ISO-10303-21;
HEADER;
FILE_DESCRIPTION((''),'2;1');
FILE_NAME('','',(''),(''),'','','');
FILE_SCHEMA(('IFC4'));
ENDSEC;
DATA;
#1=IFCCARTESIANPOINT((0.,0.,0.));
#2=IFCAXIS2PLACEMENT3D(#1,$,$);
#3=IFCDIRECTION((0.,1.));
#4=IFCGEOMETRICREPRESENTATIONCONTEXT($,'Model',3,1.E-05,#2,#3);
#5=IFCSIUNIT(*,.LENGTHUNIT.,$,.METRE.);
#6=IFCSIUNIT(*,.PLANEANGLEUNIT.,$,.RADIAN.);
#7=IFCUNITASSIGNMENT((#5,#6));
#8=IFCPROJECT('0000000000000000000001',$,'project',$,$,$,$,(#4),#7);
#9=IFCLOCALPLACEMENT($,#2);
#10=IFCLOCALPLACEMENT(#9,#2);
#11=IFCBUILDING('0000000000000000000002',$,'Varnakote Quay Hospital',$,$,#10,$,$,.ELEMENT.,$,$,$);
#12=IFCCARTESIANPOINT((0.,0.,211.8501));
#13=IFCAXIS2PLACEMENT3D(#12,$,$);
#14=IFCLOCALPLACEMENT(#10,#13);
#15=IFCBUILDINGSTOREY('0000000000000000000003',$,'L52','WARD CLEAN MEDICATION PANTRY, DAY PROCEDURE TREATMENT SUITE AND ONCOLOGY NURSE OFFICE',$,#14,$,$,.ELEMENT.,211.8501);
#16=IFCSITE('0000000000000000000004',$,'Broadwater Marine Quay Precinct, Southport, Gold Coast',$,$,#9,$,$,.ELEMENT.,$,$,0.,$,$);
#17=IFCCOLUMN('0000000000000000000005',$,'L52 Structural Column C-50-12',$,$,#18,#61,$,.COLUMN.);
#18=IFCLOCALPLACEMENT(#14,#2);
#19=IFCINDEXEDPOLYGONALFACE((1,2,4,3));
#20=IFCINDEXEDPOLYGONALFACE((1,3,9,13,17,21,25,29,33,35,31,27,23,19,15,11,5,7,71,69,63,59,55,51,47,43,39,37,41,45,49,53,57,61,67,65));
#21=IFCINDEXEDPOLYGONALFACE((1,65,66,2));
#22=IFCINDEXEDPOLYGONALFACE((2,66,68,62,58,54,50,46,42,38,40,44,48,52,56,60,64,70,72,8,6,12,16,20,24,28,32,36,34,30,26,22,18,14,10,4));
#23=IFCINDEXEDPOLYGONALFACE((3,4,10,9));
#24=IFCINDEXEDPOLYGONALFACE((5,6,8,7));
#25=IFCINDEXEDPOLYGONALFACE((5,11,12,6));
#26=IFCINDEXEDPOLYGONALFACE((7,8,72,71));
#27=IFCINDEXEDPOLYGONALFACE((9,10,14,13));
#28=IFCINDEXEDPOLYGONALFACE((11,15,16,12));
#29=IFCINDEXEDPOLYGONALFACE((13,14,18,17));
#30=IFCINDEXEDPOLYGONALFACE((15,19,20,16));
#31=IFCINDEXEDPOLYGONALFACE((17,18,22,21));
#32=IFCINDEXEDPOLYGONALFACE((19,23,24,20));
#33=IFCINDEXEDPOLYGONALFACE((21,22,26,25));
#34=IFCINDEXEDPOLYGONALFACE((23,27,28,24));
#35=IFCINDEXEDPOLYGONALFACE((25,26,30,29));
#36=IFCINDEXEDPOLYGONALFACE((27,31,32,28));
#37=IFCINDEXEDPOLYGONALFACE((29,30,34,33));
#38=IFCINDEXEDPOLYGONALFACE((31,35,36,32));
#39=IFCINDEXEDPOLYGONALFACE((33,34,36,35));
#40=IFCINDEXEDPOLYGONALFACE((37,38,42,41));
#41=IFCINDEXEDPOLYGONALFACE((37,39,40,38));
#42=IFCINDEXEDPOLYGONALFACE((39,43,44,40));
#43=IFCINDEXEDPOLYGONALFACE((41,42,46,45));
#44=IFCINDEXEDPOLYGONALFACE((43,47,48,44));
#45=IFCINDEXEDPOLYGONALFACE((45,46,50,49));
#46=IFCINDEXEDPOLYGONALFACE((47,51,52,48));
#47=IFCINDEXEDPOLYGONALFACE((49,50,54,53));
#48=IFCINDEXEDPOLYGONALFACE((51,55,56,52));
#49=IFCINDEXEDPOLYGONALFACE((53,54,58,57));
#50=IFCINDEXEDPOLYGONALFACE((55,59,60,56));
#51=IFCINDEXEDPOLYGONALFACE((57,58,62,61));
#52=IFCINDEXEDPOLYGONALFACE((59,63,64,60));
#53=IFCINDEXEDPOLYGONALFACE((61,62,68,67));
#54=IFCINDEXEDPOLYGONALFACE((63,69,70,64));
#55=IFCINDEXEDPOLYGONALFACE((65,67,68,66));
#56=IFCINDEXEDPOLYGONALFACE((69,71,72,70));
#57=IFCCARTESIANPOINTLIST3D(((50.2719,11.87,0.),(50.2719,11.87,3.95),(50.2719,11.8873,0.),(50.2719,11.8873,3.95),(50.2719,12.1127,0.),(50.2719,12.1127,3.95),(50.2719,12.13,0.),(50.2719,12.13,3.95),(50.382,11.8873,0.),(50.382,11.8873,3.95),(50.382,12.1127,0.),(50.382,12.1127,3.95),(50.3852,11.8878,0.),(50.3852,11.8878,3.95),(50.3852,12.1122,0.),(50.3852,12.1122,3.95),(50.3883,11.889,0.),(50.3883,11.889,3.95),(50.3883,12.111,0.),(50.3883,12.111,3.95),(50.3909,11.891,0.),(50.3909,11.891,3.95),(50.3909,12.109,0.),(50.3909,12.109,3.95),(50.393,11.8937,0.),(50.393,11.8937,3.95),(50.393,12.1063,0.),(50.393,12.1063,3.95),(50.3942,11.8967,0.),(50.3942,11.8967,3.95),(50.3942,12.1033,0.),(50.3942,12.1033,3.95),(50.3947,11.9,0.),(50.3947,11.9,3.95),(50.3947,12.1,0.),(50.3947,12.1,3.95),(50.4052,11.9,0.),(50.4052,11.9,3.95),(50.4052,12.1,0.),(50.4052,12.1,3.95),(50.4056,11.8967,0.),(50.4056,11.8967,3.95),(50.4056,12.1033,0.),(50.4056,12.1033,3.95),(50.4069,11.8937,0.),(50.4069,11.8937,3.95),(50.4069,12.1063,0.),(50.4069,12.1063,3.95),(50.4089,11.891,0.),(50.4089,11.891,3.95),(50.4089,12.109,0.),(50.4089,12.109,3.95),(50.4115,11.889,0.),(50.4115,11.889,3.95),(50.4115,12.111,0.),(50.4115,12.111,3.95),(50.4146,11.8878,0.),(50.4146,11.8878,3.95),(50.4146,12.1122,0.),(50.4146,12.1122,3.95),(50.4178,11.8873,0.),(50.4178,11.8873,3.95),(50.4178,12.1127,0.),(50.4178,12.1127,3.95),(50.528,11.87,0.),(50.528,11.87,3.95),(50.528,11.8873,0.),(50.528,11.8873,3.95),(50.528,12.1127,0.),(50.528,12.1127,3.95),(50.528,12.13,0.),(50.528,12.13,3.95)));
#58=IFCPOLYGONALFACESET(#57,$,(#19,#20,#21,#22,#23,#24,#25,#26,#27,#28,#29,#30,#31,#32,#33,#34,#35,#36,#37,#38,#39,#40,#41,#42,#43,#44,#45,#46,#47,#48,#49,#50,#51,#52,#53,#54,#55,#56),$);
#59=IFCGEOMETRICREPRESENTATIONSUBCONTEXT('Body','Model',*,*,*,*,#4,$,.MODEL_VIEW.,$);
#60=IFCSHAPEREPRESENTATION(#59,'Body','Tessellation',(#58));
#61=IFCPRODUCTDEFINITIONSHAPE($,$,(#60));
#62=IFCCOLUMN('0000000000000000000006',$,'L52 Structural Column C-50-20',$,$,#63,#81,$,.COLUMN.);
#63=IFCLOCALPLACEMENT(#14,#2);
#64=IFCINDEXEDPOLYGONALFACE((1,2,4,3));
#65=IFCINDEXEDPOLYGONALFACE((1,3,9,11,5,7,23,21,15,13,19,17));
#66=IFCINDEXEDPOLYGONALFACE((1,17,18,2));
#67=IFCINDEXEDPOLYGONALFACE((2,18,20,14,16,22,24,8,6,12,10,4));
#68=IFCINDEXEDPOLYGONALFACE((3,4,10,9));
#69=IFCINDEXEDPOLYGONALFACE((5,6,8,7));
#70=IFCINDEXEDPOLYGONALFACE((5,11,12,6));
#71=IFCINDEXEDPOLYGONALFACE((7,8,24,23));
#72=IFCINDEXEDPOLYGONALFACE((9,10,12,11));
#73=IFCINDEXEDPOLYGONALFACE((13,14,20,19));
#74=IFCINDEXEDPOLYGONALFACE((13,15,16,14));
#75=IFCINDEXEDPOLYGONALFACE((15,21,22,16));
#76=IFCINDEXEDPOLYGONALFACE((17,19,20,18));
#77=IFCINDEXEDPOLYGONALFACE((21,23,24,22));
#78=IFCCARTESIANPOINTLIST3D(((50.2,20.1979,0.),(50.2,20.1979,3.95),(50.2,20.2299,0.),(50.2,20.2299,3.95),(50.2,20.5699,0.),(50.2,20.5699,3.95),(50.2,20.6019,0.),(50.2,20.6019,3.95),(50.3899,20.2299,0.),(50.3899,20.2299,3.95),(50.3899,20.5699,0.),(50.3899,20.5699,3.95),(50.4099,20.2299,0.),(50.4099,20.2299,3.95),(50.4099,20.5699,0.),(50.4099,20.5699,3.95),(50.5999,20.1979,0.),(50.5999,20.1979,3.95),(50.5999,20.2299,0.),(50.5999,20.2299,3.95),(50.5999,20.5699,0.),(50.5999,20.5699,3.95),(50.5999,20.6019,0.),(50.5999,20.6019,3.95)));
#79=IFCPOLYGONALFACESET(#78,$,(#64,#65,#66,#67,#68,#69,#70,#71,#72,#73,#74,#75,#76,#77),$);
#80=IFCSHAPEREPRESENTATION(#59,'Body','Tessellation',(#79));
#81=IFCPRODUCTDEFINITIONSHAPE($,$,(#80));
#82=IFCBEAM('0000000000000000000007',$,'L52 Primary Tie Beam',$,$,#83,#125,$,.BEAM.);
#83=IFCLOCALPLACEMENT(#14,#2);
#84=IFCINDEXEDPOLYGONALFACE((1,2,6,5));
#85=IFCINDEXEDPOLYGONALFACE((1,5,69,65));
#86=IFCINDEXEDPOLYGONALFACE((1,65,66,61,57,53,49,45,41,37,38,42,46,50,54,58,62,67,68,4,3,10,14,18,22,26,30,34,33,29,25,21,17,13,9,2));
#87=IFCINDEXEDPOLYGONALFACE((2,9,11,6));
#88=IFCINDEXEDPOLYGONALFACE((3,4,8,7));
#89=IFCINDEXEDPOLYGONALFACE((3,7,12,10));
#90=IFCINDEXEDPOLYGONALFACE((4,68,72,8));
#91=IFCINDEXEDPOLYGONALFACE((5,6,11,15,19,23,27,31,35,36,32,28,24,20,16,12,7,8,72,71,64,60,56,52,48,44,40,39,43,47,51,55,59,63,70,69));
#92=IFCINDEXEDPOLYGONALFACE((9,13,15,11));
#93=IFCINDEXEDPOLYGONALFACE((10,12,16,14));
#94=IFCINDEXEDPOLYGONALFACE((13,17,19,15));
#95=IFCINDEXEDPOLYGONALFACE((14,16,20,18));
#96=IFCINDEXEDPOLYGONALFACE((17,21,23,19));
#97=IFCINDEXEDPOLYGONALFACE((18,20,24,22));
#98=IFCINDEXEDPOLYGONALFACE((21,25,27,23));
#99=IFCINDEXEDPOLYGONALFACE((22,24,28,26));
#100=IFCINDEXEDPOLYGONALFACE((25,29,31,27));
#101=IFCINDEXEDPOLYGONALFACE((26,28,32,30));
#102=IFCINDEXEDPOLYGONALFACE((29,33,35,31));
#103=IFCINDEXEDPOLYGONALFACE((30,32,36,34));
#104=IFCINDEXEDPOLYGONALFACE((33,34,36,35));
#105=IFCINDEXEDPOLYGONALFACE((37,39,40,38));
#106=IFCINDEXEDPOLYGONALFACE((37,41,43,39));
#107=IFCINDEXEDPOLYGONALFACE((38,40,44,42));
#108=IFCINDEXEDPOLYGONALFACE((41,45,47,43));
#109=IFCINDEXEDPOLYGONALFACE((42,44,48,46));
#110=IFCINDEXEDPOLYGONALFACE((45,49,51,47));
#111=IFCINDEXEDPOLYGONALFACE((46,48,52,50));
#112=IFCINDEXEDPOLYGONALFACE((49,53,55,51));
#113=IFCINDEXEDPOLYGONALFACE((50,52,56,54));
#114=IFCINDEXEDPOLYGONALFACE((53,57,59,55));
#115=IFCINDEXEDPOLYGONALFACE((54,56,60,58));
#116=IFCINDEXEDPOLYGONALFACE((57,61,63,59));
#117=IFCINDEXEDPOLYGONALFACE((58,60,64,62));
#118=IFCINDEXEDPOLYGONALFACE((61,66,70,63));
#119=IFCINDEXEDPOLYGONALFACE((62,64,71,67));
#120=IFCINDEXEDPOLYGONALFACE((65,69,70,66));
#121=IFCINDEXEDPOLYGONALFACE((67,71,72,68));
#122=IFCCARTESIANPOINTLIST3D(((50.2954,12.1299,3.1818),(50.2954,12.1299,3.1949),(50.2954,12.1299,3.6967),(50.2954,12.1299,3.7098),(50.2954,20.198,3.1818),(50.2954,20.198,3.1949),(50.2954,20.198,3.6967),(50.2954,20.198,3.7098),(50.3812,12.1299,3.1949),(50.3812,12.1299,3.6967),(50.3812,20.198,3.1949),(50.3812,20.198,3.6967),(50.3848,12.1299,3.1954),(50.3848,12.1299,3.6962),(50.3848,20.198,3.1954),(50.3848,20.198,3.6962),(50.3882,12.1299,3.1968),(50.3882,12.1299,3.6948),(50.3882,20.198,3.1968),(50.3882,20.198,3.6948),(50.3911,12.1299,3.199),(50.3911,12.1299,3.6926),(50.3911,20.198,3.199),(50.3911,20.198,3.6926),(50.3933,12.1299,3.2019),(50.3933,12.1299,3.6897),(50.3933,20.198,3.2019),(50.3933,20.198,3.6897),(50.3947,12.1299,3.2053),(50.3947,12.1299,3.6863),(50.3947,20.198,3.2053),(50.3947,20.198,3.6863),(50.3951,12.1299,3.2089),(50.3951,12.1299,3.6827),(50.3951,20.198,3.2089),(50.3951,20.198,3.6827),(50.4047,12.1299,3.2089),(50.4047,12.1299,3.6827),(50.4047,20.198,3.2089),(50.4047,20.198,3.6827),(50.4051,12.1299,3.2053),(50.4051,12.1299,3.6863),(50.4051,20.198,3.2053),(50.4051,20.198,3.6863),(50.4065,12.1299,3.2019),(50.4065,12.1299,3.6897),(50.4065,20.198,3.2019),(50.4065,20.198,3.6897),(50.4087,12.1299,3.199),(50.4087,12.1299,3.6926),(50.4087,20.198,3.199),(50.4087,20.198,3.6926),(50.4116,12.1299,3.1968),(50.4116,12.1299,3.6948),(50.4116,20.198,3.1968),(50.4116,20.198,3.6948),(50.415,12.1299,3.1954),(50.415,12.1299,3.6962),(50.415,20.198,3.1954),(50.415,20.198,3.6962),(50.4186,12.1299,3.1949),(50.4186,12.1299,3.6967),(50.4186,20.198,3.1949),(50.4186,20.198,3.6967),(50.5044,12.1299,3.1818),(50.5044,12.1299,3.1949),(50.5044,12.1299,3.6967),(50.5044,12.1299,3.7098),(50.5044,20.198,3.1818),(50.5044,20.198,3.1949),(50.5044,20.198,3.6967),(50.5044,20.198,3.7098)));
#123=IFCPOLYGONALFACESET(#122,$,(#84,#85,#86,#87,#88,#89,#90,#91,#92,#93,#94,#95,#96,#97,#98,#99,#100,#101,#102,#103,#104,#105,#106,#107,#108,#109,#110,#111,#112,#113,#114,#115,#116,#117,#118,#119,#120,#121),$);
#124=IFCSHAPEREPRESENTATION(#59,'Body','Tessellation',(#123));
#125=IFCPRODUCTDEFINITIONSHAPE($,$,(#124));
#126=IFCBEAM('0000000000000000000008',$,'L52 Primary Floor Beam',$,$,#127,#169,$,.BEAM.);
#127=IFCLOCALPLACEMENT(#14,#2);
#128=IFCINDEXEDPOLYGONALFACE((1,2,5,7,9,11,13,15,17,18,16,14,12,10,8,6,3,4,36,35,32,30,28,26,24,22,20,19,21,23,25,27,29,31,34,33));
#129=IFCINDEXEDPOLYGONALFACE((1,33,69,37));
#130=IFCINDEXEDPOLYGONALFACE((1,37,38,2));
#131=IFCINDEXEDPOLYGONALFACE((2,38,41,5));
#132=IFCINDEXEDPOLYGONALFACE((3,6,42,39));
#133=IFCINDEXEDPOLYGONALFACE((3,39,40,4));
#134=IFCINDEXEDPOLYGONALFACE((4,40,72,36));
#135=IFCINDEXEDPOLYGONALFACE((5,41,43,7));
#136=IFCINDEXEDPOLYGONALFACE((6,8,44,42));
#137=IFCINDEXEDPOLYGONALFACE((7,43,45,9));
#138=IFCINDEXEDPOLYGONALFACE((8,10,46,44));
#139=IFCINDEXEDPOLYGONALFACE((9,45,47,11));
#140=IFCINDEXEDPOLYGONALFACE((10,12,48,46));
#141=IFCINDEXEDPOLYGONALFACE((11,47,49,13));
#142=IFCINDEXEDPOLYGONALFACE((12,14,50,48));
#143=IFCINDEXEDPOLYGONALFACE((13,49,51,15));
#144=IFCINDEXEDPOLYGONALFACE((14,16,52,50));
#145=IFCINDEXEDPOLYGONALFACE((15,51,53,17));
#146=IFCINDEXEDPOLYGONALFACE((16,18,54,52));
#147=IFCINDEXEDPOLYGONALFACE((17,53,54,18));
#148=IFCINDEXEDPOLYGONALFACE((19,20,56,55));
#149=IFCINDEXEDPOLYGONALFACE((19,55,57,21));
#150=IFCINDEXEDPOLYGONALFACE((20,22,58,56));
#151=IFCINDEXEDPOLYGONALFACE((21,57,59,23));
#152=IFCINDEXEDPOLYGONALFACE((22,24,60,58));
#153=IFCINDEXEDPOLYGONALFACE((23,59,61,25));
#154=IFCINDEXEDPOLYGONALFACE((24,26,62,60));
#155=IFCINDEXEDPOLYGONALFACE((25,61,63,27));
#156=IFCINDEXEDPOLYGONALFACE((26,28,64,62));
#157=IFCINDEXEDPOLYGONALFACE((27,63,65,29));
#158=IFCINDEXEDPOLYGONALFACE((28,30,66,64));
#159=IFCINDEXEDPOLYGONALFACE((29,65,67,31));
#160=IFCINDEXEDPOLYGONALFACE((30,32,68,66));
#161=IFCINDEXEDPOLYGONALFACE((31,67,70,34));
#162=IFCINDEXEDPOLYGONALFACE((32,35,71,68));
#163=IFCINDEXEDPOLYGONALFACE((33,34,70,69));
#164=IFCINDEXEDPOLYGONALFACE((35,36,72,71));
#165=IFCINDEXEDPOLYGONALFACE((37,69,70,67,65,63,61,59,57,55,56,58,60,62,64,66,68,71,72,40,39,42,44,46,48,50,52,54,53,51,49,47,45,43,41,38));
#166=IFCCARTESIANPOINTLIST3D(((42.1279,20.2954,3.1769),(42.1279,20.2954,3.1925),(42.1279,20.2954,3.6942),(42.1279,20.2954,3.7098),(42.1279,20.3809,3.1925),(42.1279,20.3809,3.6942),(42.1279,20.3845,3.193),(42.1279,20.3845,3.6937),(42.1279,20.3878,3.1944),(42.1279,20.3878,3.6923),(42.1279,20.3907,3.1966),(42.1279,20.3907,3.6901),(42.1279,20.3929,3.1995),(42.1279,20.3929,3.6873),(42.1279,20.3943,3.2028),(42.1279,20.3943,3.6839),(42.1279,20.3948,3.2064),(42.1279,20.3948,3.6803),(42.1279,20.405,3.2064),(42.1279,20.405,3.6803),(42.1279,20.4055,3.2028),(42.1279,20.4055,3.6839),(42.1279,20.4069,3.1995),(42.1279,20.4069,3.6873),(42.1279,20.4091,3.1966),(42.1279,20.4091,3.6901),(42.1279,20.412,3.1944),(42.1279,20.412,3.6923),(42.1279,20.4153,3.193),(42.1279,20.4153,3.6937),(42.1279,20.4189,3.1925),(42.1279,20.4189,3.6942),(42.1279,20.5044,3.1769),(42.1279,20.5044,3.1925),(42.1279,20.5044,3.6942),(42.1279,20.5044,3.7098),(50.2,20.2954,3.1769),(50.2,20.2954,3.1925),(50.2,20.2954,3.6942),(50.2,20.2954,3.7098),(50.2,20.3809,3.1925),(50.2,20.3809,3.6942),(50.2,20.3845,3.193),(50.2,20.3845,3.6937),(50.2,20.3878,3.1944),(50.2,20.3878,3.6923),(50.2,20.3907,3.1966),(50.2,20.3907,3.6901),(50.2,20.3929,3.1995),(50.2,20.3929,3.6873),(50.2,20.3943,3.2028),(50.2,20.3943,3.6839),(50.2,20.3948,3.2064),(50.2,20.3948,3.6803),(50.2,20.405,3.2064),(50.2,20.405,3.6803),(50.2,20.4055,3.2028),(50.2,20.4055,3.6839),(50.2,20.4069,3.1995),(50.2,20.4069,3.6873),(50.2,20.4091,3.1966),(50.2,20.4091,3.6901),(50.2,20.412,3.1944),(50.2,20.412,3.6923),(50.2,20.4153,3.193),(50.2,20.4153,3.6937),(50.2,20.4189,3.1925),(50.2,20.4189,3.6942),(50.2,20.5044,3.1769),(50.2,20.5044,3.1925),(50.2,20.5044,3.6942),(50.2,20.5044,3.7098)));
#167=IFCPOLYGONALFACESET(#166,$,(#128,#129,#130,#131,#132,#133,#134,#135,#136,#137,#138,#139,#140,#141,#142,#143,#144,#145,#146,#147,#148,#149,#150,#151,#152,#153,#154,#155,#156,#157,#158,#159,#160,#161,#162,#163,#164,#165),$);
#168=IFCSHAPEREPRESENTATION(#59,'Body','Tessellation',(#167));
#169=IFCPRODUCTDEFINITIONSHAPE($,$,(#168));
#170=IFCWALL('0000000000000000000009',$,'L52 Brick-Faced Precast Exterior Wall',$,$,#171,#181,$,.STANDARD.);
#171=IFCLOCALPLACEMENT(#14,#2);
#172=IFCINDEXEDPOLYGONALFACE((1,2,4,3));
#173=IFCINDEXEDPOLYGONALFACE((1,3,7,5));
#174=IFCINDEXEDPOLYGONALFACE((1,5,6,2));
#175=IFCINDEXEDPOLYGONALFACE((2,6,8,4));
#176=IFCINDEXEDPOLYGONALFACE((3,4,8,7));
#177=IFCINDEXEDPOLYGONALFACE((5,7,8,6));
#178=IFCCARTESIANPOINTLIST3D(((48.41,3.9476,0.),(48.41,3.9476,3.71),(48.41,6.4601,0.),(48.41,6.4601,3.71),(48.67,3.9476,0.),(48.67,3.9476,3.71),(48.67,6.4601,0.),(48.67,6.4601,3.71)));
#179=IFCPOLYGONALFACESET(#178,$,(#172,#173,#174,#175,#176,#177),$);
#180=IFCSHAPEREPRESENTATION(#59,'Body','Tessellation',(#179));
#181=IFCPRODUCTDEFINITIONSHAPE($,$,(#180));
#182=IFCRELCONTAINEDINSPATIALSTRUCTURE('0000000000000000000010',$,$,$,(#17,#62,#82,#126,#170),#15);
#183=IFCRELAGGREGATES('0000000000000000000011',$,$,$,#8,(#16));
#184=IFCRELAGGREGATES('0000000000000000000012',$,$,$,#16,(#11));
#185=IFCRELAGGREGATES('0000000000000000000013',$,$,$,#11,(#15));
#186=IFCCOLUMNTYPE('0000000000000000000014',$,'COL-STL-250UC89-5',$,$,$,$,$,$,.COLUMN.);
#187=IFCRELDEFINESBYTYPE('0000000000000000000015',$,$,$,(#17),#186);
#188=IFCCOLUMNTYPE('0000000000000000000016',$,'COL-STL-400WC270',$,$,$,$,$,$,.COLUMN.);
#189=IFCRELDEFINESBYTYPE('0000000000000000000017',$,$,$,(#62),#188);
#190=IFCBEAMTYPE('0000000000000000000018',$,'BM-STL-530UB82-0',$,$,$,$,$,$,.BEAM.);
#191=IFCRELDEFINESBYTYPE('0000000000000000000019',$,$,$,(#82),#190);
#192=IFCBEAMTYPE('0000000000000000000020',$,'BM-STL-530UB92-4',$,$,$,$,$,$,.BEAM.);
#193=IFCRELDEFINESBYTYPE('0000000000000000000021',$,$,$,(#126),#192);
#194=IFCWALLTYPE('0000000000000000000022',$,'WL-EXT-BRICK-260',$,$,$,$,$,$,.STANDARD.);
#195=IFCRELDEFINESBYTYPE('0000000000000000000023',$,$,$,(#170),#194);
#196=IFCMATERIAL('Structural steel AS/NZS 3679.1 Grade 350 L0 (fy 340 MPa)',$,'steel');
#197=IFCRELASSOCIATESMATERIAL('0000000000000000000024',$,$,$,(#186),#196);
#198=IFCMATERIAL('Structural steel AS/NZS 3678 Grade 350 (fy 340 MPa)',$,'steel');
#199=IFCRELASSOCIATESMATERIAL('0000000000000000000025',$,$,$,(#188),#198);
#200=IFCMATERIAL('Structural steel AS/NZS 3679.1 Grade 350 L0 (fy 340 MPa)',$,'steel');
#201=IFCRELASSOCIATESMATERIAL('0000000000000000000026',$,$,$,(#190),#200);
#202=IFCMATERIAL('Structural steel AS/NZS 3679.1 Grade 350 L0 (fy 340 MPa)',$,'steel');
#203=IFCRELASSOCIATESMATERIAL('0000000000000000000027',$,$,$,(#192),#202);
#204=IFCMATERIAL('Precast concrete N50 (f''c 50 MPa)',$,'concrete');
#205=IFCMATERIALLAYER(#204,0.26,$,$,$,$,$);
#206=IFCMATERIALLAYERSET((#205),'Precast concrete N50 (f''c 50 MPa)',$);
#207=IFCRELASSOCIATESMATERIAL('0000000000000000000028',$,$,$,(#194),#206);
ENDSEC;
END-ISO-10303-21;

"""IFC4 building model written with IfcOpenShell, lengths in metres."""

from ifc_helpers import new_model, si_unit, direction, frame, frame_2d, origin, origin_2d, place, context, subcontext, project, spatial, rectangle, i_section, extrude, material, layer, layer_set, material_profile, profile_set, type_object, element, save


model = new_model("IFC4")

# Units and contexts
model_context = context("Model", 3, precision=1e-05, world=origin(), true_north=direction((0.0, 1.0)))
body_context = subcontext(model_context, "Body", "Model", "MODEL_VIEW")
ifc_project = project(units=[si_unit("LENGTHUNIT", "METRE"), si_unit("PLANEANGLEUNIT", "RADIAN")], contexts=[model_context])

# Site, building, storey
site_placement = place(None, origin())
site = spatial("IfcSite", under=ifc_project, at=site_placement, Name="Broadwater Marine Quay Precinct, Southport, Gold Coast", CompositionType="ELEMENT", RefElevation=0.0)
building_placement = place(site_placement, origin())
building = spatial("IfcBuilding", under=site, at=building_placement, Name="Varnakote Quay Hospital", CompositionType="ELEMENT")
storey_placement = place(building_placement, frame((0.0, 0.0, 211.8501)))
storey = spatial("IfcBuildingStorey", under=building, at=storey_placement, Name="L52", Description="WARD CLEAN MEDICATION PANTRY, DAY PROCEDURE TREATMENT SUITE AND ONCOLOGY NURSE OFFICE", CompositionType="ELEMENT", Elevation=211.8501)

# Columns
ifc_material_1 = material(Name="Structural steel AS/NZS 3679.1 Grade 350 L0 (fy 340 MPa)", Category="steel")
ifc_material_profile_1 = material_profile(ifc_material_1, i_section(OverallWidth=0.2561, OverallDepth=0.26, WebThickness=0.0105, FlangeThickness=0.0173, FilletRadius=0.0127, at=origin_2d()), Name="250UC89.5")
ifc_profile_set_1 = profile_set([ifc_material_profile_1], Name="Structural steel AS/NZS 3679.1 Grade 350 L0 (fy 340 MPa)")
column_type_1 = type_object("IfcColumnType", Name="COL-STL-250UC89-5", PredefinedType="COLUMN", material=ifc_profile_set_1)
column_1_placement = place(storey_placement, frame((50.3999, 12.0, 0.0), z_axis=(0.0, 0.0, 1.0), x_axis=(1.0, 0.0, 0.0)))
element("IfcColumn", 1, at=column_1_placement, inside=storey, type_object=column_type_1, Name="L52 Structural Column C-50-12", PredefinedType="COLUMN", context=body_context, shape_type="SweptSolid", body=[
    extrude(i_section(OverallWidth=0.2561, OverallDepth=0.26, WebThickness=0.0105, FlangeThickness=0.0173, FilletRadius=0.0127, at=origin_2d()), origin(), (0.0, 0.0, 1.0), 3.95),
])
ifc_material_2 = material(Name="Structural steel AS/NZS 3678 Grade 350 (fy 340 MPa)", Category="steel")
ifc_material_profile_2 = material_profile(ifc_material_2, i_section(OverallWidth=0.3999, OverallDepth=0.4041, WebThickness=0.02, FlangeThickness=0.032, at=origin_2d()), Name="400WC270")
ifc_profile_set_2 = profile_set([ifc_material_profile_2], Name="Structural steel AS/NZS 3678 Grade 350 (fy 340 MPa)")
column_type_2 = type_object("IfcColumnType", Name="COL-STL-400WC270", PredefinedType="COLUMN", material=ifc_profile_set_2)
column_2_placement = place(storey_placement, frame((50.3999, 20.3999, 0.0), z_axis=(0.0, 0.0, 1.0), x_axis=(1.0, 0.0, 0.0)))
element("IfcColumn", 2, at=column_2_placement, inside=storey, type_object=column_type_2, Name="L52 Structural Column C-50-20", PredefinedType="COLUMN", context=body_context, shape_type="SweptSolid", body=[
    extrude(i_section(OverallWidth=0.3999, OverallDepth=0.4041, WebThickness=0.02, FlangeThickness=0.032, at=origin_2d()), origin(), (0.0, 0.0, 1.0), 3.95),
])

# Beams
ifc_material_3 = material(Name="Structural steel AS/NZS 3679.1 Grade 350 L0 (fy 340 MPa)", Category="steel")
ifc_material_profile_3 = material_profile(ifc_material_3, i_section(OverallWidth=0.209, OverallDepth=0.5281, WebThickness=0.0095, FlangeThickness=0.0132, FilletRadius=0.0139, at=origin_2d()), Name="530UB82.0")
ifc_profile_set_3 = profile_set([ifc_material_profile_3], Name="Structural steel AS/NZS 3679.1 Grade 350 L0 (fy 340 MPa)")
beam_type_1 = type_object("IfcBeamType", Name="BM-STL-530UB82-0", PredefinedType="BEAM", material=ifc_profile_set_3)
beam_1_placement = place(storey_placement, frame((50.3999, 12.1299, 3.4458), z_axis=(0.0, 1.0, 0.0), x_axis=(-1.0, 0.0, 0.0)))
element("IfcBeam", 3, at=beam_1_placement, inside=storey, type_object=beam_type_1, Name="L52 Primary Tie Beam", PredefinedType="BEAM", context=body_context, shape_type="SweptSolid", body=[
    extrude(i_section(OverallWidth=0.209, OverallDepth=0.5281, WebThickness=0.0095, FlangeThickness=0.0132, FilletRadius=0.0139, at=origin_2d()), origin(), (0.0, 0.0, 1.0), 8.0681),
])
ifc_material_4 = material(Name="Structural steel AS/NZS 3679.1 Grade 350 L0 (fy 340 MPa)", Category="steel")
ifc_material_profile_4 = material_profile(ifc_material_4, i_section(OverallWidth=0.209, OverallDepth=0.533, WebThickness=0.0103, FlangeThickness=0.0156, FilletRadius=0.0139, at=origin_2d()), Name="530UB92.4")
ifc_profile_set_4 = profile_set([ifc_material_profile_4], Name="Structural steel AS/NZS 3679.1 Grade 350 L0 (fy 340 MPa)")
beam_type_2 = type_object("IfcBeamType", Name="BM-STL-530UB92-4", PredefinedType="BEAM", material=ifc_profile_set_4)
beam_2_placement = place(storey_placement, frame((42.1279, 20.3999, 3.4434), z_axis=(1.0, 0.0, 0.0), x_axis=(0.0, 1.0, 0.0)))
element("IfcBeam", 4, at=beam_2_placement, inside=storey, type_object=beam_type_2, Name="L52 Primary Floor Beam", PredefinedType="BEAM", context=body_context, shape_type="SweptSolid", body=[
    extrude(i_section(OverallWidth=0.209, OverallDepth=0.533, WebThickness=0.0103, FlangeThickness=0.0156, FilletRadius=0.0139, at=origin_2d()), origin(), (0.0, 0.0, 1.0), 8.072),
])

# Wall
ifc_material_5 = material(Name="Precast concrete N50 (f'c 50 MPa)", Category="concrete")
ifc_layer_1 = layer(ifc_material_5, 0.26)
ifc_layer_set_1 = layer_set([ifc_layer_1], Name="Precast concrete N50 (f'c 50 MPa)")
wall_type_1 = type_object("IfcWallType", Name="WL-EXT-BRICK-260", PredefinedType="STANDARD", material=ifc_layer_set_1)
wall_1_placement = place(storey_placement, frame((48.54, 3.9475, 0.0), z_axis=(0.0, 0.0, 1.0), x_axis=(0.0, 1.0, 0.0)))
element("IfcWall", 5, at=wall_1_placement, inside=storey, type_object=wall_type_1, Name="L52 Brick-Faced Precast Exterior Wall", PredefinedType="STANDARD", context=body_context, shape_type="SweptSolid", body=[
    extrude(rectangle(XDim=2.5125, YDim=0.26, at=frame_2d((1.2563, 0.0))), origin(), (0.0, 0.0, 1.0), 3.71),
])

save(model, "model.ifc")
